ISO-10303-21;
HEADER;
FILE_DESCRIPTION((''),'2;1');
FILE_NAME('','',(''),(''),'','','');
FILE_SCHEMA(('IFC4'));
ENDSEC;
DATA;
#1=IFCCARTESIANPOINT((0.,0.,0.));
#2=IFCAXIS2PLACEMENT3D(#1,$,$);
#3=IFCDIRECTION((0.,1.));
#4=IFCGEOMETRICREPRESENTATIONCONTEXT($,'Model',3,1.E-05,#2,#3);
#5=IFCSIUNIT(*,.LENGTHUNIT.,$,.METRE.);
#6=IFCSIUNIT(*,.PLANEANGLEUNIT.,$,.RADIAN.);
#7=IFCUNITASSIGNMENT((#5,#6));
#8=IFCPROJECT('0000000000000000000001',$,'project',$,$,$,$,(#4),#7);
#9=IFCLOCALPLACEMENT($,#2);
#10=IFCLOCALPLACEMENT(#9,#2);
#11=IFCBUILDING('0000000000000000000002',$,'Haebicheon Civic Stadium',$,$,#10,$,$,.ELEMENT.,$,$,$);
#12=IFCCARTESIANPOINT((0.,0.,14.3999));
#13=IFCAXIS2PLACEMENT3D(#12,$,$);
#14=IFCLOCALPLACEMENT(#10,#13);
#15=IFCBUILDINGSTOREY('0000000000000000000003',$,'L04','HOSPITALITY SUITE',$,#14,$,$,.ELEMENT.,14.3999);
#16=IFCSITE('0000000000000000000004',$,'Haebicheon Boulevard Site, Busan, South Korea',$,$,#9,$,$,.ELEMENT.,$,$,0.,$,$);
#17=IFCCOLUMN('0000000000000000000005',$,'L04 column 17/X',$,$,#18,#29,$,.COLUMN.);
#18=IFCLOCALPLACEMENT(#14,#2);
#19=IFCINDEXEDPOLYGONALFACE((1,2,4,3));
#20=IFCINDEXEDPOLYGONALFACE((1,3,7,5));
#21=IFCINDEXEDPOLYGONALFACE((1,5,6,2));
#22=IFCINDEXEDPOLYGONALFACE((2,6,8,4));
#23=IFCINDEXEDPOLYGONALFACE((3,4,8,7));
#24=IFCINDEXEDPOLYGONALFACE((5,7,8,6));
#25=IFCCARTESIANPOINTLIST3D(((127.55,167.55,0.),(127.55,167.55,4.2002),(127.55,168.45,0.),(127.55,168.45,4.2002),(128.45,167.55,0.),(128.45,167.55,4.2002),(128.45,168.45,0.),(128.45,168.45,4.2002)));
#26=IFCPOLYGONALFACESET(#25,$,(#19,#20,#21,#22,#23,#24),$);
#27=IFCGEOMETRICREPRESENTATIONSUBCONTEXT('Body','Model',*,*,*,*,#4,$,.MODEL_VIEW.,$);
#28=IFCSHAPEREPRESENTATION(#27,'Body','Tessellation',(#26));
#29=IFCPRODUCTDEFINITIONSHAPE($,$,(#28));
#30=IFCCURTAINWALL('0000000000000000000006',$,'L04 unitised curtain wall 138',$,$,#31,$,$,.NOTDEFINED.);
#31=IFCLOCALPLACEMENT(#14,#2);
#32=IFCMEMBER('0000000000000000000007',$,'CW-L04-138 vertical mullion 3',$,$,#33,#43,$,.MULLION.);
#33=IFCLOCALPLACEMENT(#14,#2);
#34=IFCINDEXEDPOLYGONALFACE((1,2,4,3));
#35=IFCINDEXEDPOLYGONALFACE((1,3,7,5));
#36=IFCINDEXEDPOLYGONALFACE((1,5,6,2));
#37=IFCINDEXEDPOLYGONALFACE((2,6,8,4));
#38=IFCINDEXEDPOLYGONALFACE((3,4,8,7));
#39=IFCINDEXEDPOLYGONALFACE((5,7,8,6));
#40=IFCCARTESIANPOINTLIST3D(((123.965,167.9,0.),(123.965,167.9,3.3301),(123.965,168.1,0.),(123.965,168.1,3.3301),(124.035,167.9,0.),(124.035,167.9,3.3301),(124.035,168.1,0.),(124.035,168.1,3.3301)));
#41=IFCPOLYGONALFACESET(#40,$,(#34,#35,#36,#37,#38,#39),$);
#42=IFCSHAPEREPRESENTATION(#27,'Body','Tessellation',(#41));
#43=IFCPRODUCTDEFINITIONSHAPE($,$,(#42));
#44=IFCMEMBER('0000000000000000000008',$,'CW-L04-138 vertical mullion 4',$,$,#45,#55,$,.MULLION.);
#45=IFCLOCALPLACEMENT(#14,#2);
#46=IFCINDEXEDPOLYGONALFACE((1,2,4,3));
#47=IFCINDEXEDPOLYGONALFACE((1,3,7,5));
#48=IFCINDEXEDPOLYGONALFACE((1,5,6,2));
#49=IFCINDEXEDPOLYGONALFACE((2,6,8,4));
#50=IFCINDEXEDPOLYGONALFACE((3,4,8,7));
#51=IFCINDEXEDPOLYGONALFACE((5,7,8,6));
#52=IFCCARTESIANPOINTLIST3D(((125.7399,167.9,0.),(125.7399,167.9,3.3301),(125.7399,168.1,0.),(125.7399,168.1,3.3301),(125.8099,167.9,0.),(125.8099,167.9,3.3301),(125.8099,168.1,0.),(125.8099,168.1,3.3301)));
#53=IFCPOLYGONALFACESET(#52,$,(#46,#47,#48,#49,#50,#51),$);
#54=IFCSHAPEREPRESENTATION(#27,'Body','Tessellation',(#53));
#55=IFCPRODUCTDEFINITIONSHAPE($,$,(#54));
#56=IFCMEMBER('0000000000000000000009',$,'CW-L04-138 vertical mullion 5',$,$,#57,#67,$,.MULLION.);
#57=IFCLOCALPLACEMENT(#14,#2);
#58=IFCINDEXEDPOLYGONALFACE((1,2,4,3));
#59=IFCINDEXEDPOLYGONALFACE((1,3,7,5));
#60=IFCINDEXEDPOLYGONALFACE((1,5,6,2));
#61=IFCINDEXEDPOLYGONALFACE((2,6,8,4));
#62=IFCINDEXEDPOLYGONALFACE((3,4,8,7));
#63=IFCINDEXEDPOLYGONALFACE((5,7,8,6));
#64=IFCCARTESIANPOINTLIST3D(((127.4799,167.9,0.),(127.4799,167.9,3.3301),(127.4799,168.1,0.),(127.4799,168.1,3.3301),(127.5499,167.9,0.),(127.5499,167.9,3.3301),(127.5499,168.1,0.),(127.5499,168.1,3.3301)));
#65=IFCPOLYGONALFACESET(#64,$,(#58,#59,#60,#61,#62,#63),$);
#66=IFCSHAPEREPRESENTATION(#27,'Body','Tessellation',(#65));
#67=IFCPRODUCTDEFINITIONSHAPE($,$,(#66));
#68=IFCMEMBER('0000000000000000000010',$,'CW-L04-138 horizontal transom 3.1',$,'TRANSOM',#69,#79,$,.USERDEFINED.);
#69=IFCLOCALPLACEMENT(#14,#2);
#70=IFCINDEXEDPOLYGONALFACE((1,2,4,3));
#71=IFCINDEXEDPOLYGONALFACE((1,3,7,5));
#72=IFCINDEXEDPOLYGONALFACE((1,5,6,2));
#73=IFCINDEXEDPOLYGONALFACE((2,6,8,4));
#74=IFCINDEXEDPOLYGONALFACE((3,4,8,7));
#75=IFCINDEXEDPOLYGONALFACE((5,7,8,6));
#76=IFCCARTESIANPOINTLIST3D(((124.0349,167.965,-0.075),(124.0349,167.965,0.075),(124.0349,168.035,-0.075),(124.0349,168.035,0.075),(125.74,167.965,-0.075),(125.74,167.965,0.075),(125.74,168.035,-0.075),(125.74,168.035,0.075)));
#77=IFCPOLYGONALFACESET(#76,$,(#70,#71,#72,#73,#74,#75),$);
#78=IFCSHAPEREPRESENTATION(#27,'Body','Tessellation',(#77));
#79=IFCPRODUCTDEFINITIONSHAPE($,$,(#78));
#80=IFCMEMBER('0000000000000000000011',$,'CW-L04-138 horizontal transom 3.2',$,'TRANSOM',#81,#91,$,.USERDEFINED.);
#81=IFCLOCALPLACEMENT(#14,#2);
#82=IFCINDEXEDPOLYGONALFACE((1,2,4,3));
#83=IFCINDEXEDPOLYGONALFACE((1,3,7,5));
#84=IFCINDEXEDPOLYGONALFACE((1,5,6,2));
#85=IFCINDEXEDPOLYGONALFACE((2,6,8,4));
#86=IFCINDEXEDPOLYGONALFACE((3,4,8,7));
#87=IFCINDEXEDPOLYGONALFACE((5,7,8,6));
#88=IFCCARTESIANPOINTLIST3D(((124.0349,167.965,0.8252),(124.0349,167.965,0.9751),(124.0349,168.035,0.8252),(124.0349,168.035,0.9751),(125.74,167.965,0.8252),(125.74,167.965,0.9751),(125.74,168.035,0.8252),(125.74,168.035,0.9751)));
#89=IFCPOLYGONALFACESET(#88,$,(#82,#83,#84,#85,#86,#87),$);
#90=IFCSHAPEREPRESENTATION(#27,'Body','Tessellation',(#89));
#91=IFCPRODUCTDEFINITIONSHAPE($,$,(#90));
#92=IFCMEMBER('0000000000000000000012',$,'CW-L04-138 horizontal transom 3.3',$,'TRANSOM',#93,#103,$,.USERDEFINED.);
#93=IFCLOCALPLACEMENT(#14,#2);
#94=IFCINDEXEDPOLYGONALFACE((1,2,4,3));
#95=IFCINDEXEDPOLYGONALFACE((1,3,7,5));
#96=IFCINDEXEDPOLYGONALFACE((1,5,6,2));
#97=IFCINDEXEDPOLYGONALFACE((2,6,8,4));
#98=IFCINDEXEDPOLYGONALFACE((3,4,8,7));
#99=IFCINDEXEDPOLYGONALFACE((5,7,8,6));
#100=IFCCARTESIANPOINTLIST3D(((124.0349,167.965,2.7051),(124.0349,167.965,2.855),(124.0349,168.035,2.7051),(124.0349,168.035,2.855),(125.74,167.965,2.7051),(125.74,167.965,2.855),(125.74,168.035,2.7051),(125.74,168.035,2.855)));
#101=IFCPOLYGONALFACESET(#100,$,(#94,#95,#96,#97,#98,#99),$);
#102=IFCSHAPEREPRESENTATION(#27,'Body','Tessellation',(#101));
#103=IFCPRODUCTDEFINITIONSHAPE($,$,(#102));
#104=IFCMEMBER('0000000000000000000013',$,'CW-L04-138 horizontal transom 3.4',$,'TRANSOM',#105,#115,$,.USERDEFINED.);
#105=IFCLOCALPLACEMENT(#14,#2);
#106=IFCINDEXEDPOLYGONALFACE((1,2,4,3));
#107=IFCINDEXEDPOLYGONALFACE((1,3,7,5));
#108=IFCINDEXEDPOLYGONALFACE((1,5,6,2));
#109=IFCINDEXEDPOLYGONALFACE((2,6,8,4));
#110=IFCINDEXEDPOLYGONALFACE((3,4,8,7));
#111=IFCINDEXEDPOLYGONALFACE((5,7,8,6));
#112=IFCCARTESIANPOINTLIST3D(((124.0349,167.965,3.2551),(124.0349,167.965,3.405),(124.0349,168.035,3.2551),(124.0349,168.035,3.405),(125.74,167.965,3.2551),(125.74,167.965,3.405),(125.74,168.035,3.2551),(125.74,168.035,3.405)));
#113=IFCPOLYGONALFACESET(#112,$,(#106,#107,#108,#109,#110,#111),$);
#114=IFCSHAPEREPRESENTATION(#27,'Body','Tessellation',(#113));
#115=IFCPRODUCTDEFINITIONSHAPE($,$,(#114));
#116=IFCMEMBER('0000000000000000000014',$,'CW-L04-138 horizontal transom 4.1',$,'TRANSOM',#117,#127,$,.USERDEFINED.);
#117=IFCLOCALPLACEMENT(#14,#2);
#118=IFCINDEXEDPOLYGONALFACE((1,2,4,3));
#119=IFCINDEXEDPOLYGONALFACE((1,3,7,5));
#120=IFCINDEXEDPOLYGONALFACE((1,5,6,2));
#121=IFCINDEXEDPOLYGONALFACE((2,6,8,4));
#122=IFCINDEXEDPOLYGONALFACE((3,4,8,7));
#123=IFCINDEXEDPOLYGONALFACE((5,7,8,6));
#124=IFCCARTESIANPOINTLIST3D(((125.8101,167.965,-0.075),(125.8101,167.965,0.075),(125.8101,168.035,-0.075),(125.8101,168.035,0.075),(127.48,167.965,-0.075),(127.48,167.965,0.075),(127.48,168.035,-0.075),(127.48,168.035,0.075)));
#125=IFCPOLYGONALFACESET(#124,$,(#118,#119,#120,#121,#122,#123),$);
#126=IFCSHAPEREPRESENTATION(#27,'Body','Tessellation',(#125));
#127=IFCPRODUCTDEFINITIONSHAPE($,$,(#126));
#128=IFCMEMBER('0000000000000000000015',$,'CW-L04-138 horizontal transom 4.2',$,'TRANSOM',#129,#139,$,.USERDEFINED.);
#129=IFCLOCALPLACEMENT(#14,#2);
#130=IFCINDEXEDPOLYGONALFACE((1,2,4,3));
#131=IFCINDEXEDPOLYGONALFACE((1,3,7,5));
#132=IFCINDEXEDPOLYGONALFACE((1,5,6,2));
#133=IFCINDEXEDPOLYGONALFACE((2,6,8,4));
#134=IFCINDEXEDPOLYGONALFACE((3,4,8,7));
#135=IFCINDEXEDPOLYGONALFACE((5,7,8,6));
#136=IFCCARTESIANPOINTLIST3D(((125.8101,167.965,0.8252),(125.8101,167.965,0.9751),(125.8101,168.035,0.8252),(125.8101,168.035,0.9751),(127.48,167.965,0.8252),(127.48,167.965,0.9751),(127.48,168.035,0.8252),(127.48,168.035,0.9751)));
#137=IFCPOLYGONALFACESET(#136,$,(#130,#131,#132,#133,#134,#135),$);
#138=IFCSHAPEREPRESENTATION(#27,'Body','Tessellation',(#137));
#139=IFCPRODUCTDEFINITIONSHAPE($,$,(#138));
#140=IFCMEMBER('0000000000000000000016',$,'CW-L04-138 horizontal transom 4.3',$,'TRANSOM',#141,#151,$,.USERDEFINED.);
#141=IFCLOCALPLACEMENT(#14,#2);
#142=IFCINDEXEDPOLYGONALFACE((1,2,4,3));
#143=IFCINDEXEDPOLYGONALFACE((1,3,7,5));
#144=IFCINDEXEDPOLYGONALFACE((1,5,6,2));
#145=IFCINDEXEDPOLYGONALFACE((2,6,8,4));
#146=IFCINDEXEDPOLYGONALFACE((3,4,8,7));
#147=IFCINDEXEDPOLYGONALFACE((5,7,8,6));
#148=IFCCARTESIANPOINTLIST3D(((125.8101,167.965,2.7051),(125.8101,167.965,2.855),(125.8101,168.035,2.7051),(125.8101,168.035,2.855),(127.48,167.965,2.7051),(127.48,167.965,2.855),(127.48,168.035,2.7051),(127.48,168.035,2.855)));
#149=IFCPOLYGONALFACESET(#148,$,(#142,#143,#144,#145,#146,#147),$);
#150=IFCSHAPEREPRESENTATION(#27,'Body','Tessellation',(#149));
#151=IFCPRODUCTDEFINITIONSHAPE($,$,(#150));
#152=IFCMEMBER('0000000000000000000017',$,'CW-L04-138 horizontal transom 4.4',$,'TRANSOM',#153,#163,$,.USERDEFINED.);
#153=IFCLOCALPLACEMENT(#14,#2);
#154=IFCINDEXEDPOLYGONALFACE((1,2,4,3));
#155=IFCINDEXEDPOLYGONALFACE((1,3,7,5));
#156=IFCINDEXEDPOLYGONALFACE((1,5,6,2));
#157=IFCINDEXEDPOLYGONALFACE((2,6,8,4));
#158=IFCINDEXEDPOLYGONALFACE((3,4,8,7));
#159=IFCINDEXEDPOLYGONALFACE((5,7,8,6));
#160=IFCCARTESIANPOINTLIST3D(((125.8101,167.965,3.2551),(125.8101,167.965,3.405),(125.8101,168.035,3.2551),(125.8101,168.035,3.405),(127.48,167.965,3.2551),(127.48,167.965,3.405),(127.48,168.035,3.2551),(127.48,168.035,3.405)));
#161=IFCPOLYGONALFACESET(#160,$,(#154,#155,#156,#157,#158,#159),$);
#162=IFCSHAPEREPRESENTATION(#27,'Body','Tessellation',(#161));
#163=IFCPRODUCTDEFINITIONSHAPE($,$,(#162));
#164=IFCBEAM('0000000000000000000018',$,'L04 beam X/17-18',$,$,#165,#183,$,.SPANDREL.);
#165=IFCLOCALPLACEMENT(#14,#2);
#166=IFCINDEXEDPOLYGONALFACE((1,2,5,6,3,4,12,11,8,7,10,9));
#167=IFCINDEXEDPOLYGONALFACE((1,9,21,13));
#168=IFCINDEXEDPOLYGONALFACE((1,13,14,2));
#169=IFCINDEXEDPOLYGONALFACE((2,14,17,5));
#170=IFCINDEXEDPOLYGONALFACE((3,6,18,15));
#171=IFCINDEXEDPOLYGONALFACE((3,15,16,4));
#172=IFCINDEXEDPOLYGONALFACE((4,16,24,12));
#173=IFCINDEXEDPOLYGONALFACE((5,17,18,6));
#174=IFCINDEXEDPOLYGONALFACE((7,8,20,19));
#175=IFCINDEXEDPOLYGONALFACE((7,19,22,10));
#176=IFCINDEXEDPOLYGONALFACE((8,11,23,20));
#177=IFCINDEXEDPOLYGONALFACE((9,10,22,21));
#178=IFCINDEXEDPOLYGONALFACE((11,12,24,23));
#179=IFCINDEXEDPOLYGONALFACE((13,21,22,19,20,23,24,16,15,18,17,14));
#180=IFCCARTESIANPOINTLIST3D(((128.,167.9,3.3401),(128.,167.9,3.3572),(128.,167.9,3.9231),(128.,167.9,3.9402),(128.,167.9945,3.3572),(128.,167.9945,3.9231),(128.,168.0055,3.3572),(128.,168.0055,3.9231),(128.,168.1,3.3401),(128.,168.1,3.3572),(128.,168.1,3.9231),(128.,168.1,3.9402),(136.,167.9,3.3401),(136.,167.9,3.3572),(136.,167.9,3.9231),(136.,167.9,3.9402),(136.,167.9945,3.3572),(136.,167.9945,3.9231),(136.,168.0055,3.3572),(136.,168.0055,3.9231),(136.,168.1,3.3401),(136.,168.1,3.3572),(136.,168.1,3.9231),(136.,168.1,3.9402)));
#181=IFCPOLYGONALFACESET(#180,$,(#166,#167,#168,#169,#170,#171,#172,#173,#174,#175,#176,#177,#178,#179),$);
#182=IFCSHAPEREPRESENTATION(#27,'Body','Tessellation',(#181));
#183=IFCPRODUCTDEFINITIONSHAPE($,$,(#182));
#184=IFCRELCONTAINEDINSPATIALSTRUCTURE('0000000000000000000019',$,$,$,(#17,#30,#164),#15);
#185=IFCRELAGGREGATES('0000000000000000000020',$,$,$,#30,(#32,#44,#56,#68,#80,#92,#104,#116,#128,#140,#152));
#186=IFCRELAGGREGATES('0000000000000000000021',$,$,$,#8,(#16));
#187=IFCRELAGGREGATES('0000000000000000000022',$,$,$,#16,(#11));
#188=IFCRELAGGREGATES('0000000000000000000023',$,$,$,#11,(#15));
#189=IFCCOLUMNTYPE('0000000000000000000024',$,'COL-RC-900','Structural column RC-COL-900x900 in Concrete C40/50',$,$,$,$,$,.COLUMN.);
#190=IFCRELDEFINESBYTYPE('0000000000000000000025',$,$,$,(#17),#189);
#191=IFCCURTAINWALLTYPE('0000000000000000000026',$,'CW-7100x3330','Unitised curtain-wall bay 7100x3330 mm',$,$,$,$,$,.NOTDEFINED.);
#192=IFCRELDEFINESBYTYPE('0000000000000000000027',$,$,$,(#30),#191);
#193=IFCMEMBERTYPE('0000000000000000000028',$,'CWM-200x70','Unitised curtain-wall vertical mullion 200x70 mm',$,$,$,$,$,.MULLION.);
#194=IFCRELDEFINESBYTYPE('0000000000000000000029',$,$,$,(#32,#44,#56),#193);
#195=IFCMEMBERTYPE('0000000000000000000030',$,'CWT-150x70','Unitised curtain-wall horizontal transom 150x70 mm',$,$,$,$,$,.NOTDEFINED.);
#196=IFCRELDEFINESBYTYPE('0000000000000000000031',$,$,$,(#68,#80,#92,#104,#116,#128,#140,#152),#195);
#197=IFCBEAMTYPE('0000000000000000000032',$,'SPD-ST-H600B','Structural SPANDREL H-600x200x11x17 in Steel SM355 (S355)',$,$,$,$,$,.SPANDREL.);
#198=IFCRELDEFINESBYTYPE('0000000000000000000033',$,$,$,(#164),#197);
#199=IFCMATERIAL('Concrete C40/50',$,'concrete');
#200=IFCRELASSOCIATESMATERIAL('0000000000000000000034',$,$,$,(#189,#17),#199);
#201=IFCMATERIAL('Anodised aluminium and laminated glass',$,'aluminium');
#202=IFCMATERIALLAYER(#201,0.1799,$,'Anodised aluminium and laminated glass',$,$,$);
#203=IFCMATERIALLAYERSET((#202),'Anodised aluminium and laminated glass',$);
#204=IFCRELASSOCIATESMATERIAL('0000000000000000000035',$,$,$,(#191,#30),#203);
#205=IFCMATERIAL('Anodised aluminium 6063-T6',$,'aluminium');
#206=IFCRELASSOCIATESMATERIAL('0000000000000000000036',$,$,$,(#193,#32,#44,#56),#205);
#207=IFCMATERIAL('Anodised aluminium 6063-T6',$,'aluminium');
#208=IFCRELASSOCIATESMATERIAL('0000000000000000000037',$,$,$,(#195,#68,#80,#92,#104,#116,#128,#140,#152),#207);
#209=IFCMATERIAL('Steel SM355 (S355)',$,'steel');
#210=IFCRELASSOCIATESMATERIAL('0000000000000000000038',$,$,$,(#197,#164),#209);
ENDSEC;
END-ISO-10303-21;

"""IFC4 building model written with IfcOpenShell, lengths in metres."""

from ifc_helpers import new_model, si_unit, direction, frame, origin, origin_2d, place, context, subcontext, project, spatial, rectangle, i_section, extrude, material, layer, layer_set, material_profile, profile_set, type_object, element, aggregate, save


model = new_model("IFC4")

# Units and contexts
model_context = context("Model", 3, precision=1e-05, world=origin(), true_north=direction((0.0, 1.0)))
body_context = subcontext(model_context, "Body", "Model", "MODEL_VIEW")
ifc_project = project(units=[si_unit("LENGTHUNIT", "METRE"), si_unit("PLANEANGLEUNIT", "RADIAN")], contexts=[model_context])

# Site, building, storey
site_placement = place(None, origin())
site = spatial("IfcSite", under=ifc_project, at=site_placement, Name="Haebicheon Boulevard Site, Busan, South Korea", CompositionType="ELEMENT", RefElevation=0.0)
building_placement = place(site_placement, origin())
building = spatial("IfcBuilding", under=site, at=building_placement, Name="Haebicheon Civic Stadium", CompositionType="ELEMENT")
storey_placement = place(building_placement, frame((0.0, 0.0, 14.3999)))
storey = spatial("IfcBuildingStorey", under=building, at=storey_placement, Name="L04", Description="HOSPITALITY SUITE", CompositionType="ELEMENT", Elevation=14.3999)

# Column
ifc_material_1 = material(Name="Concrete C40/50", Category="concrete")
ifc_material_profile_1 = material_profile(ifc_material_1, rectangle(XDim=0.8999, YDim=0.8999, at=origin_2d()), Name="RC-COL-900x900")
ifc_profile_set_1 = profile_set([ifc_material_profile_1], Name="Concrete C40/50")
column_type = type_object("IfcColumnType", Name="COL-RC-900", Description="Structural column RC-COL-900x900 in Concrete C40/50", PredefinedType="COLUMN", material=ifc_profile_set_1)
column_placement = place(storey_placement, frame((128.0, 168.0, 0.0), z_axis=(0.0, 0.0, 1.0), x_axis=(1.0, 0.0, 0.0)))
element("IfcColumn", 1, at=column_placement, inside=storey, type_object=column_type, material=ifc_profile_set_1, Name="L04 column 17/X", PredefinedType="COLUMN", context=body_context, shape_type="SweptSolid", body=[
    extrude(rectangle(XDim=0.8999, YDim=0.8999, at=origin_2d()), origin(), (0.0, 0.0, 1.0), 4.2002),
])

# Curtain wall, members
ifc_material_2 = material(Name="Anodised aluminium and laminated glass", Category="aluminium")
ifc_layer_1 = layer(ifc_material_2, 0.1799, Name="Anodised aluminium and laminated glass")
ifc_layer_set_1 = layer_set([ifc_layer_1], Name="Anodised aluminium and laminated glass")
curtain_wall_type = type_object("IfcCurtainWallType", Name="CW-7100x3330", Description="Unitised curtain-wall bay 7100x3330 mm", PredefinedType="NOTDEFINED", material=ifc_layer_set_1)
curtain_wall_placement = place(storey_placement, origin())
curtain_wall = element("IfcCurtainWall", 2, at=curtain_wall_placement, inside=storey, type_object=curtain_wall_type, material=ifc_layer_set_1, Name="L04 unitised curtain wall 138", PredefinedType="NOTDEFINED")
ifc_material_3 = material(Name="Anodised aluminium 6063-T6", Category="aluminium")
ifc_material_profile_2 = material_profile(ifc_material_3, rectangle(XDim=0.0701, YDim=0.2, at=origin_2d()), Name="ALU-MULL-70x200")
ifc_profile_set_2 = profile_set([ifc_material_profile_2], Name="Anodised aluminium 6063-T6")
member_type_1 = type_object("IfcMemberType", Name="CWM-200x70", Description="Unitised curtain-wall vertical mullion 200x70 mm", PredefinedType="MULLION", material=ifc_profile_set_2)
member_1_placement = place(storey_placement, frame((124.0, 168.0, 0.0), z_axis=(0.0, 0.0, 1.0), x_axis=(1.0, 0.0, 0.0)))
member_1 = element("IfcMember", 3, at=member_1_placement, type_object=member_type_1, material=ifc_profile_set_2, Name="CW-L04-138 vertical mullion 3", PredefinedType="MULLION", context=body_context, shape_type="SweptSolid", body=[
    extrude(rectangle(XDim=0.0701, YDim=0.2, at=origin_2d()), origin(), (0.0, 0.0, 1.0), 3.3301),
])
member_2_placement = place(storey_placement, frame((125.7749, 168.0, 0.0), z_axis=(0.0, 0.0, 1.0), x_axis=(1.0, 0.0, 0.0)))
member_2 = element("IfcMember", 4, at=member_2_placement, type_object=member_type_1, material=ifc_profile_set_2, Name="CW-L04-138 vertical mullion 4", PredefinedType="MULLION", context=body_context, shape_type="SweptSolid", body=[
    extrude(rectangle(XDim=0.0701, YDim=0.2, at=origin_2d()), origin(), (0.0, 0.0, 1.0), 3.3301),
])
member_3_placement = place(storey_placement, frame((127.5149, 168.0, 0.0), z_axis=(0.0, 0.0, 1.0), x_axis=(1.0, 0.0, 0.0)))
member_3 = element("IfcMember", 5, at=member_3_placement, type_object=member_type_1, material=ifc_profile_set_2, Name="CW-L04-138 vertical mullion 5", PredefinedType="MULLION", context=body_context, shape_type="SweptSolid", body=[
    extrude(rectangle(XDim=0.0701, YDim=0.2, at=origin_2d()), origin(), (0.0, 0.0, 1.0), 3.3301),
])
ifc_material_4 = material(Name="Anodised aluminium 6063-T6", Category="aluminium")
ifc_material_profile_3 = material_profile(ifc_material_4, rectangle(XDim=0.0701, YDim=0.1499, at=origin_2d()), Name="ALU-TRAN-70x150")
ifc_profile_set_3 = profile_set([ifc_material_profile_3], Name="Anodised aluminium 6063-T6")
member_type_2 = type_object("IfcMemberType", Name="CWT-150x70", Description="Unitised curtain-wall horizontal transom 150x70 mm", PredefinedType="NOTDEFINED", material=ifc_profile_set_3)
member_4_placement = place(storey_placement, frame((124.0349, 168.0, 0.0), z_axis=(1.0, 0.0, 0.0), x_axis=(0.0, 1.0, 0.0)))
member_4 = element("IfcMember", 6, at=member_4_placement, type_object=member_type_2, material=ifc_profile_set_3, Name="CW-L04-138 horizontal transom 3.1", ObjectType="TRANSOM", PredefinedType="USERDEFINED", context=body_context, shape_type="SweptSolid", body=[
    extrude(rectangle(XDim=0.0701, YDim=0.1499, at=origin_2d()), origin(), (0.0, 0.0, 1.0), 1.7051),
])
member_5_placement = place(storey_placement, frame((124.0349, 168.0, 0.9001), z_axis=(1.0, 0.0, 0.0), x_axis=(0.0, 1.0, 0.0)))
member_5 = element("IfcMember", 7, at=member_5_placement, type_object=member_type_2, material=ifc_profile_set_3, Name="CW-L04-138 horizontal transom 3.2", ObjectType="TRANSOM", PredefinedType="USERDEFINED", context=body_context, shape_type="SweptSolid", body=[
    extrude(rectangle(XDim=0.0701, YDim=0.1499, at=origin_2d()), origin(), (0.0, 0.0, 1.0), 1.7051),
])
member_6_placement = place(storey_placement, frame((124.0349, 168.0, 2.78), z_axis=(1.0, 0.0, 0.0), x_axis=(0.0, 1.0, 0.0)))
member_6 = element("IfcMember", 8, at=member_6_placement, type_object=member_type_2, material=ifc_profile_set_3, Name="CW-L04-138 horizontal transom 3.3", ObjectType="TRANSOM", PredefinedType="USERDEFINED", context=body_context, shape_type="SweptSolid", body=[
    extrude(rectangle(XDim=0.0701, YDim=0.1499, at=origin_2d()), origin(), (0.0, 0.0, 1.0), 1.7051),
])
member_7_placement = place(storey_placement, frame((124.0349, 168.0, 3.3301), z_axis=(1.0, 0.0, 0.0), x_axis=(0.0, 1.0, 0.0)))
member_7 = element("IfcMember", 9, at=member_7_placement, type_object=member_type_2, material=ifc_profile_set_3, Name="CW-L04-138 horizontal transom 3.4", ObjectType="TRANSOM", PredefinedType="USERDEFINED", context=body_context, shape_type="SweptSolid", body=[
    extrude(rectangle(XDim=0.0701, YDim=0.1499, at=origin_2d()), origin(), (0.0, 0.0, 1.0), 1.7051),
])
member_8_placement = place(storey_placement, frame((125.8101, 168.0, 0.0), z_axis=(1.0, 0.0, 0.0), x_axis=(0.0, 1.0, 0.0)))
member_8 = element("IfcMember", 10, at=member_8_placement, type_object=member_type_2, material=ifc_profile_set_3, Name="CW-L04-138 horizontal transom 4.1", ObjectType="TRANSOM", PredefinedType="USERDEFINED", context=body_context, shape_type="SweptSolid", body=[
    extrude(rectangle(XDim=0.0701, YDim=0.1499, at=origin_2d()), origin(), (0.0, 0.0, 1.0), 1.6699),
])
member_9_placement = place(storey_placement, frame((125.8101, 168.0, 0.9001), z_axis=(1.0, 0.0, 0.0), x_axis=(0.0, 1.0, 0.0)))
member_9 = element("IfcMember", 11, at=member_9_placement, type_object=member_type_2, material=ifc_profile_set_3, Name="CW-L04-138 horizontal transom 4.2", ObjectType="TRANSOM", PredefinedType="USERDEFINED", context=body_context, shape_type="SweptSolid", body=[
    extrude(rectangle(XDim=0.0701, YDim=0.1499, at=origin_2d()), origin(), (0.0, 0.0, 1.0), 1.6699),
])
member_10_placement = place(storey_placement, frame((125.8101, 168.0, 2.78), z_axis=(1.0, 0.0, 0.0), x_axis=(0.0, 1.0, 0.0)))
member_10 = element("IfcMember", 12, at=member_10_placement, type_object=member_type_2, material=ifc_profile_set_3, Name="CW-L04-138 horizontal transom 4.3", ObjectType="TRANSOM", PredefinedType="USERDEFINED", context=body_context, shape_type="SweptSolid", body=[
    extrude(rectangle(XDim=0.0701, YDim=0.1499, at=origin_2d()), origin(), (0.0, 0.0, 1.0), 1.6699),
])
member_11_placement = place(storey_placement, frame((125.8101, 168.0, 3.3301), z_axis=(1.0, 0.0, 0.0), x_axis=(0.0, 1.0, 0.0)))
member_11 = element("IfcMember", 13, at=member_11_placement, type_object=member_type_2, material=ifc_profile_set_3, Name="CW-L04-138 horizontal transom 4.4", ObjectType="TRANSOM", PredefinedType="USERDEFINED", context=body_context, shape_type="SweptSolid", body=[
    extrude(rectangle(XDim=0.0701, YDim=0.1499, at=origin_2d()), origin(), (0.0, 0.0, 1.0), 1.6699),
])

# Beam
ifc_material_5 = material(Name="Steel SM355 (S355)", Category="steel")
ifc_material_profile_4 = material_profile(ifc_material_5, i_section(OverallWidth=0.2, OverallDepth=0.6001, WebThickness=0.011, FlangeThickness=0.0171, at=origin_2d()), Name="H-600x200x11x17")
ifc_profile_set_4 = profile_set([ifc_material_profile_4], Name="Steel SM355 (S355)")
beam_type = type_object("IfcBeamType", Name="SPD-ST-H600B", Description="Structural SPANDREL H-600x200x11x17 in Steel SM355 (S355)", PredefinedType="SPANDREL", material=ifc_profile_set_4)
beam_placement = place(storey_placement, frame((128.0, 168.0, 3.6401), z_axis=(1.0, 0.0, 0.0), x_axis=(0.0, 1.0, 0.0)))
element("IfcBeam", 14, at=beam_placement, inside=storey, type_object=beam_type, material=ifc_profile_set_4, Name="L04 beam X/17-18", PredefinedType="SPANDREL", context=body_context, shape_type="SweptSolid", body=[
    extrude(i_section(OverallWidth=0.2, OverallDepth=0.6001, WebThickness=0.011, FlangeThickness=0.0171, at=origin_2d()), origin(), (0.0, 0.0, 1.0), 8.0),
])

aggregate(curtain_wall, [member_1, member_2, member_3, member_4, member_5, member_6, member_7, member_8, member_9, member_10, member_11])

save(model, "model.ifc")
